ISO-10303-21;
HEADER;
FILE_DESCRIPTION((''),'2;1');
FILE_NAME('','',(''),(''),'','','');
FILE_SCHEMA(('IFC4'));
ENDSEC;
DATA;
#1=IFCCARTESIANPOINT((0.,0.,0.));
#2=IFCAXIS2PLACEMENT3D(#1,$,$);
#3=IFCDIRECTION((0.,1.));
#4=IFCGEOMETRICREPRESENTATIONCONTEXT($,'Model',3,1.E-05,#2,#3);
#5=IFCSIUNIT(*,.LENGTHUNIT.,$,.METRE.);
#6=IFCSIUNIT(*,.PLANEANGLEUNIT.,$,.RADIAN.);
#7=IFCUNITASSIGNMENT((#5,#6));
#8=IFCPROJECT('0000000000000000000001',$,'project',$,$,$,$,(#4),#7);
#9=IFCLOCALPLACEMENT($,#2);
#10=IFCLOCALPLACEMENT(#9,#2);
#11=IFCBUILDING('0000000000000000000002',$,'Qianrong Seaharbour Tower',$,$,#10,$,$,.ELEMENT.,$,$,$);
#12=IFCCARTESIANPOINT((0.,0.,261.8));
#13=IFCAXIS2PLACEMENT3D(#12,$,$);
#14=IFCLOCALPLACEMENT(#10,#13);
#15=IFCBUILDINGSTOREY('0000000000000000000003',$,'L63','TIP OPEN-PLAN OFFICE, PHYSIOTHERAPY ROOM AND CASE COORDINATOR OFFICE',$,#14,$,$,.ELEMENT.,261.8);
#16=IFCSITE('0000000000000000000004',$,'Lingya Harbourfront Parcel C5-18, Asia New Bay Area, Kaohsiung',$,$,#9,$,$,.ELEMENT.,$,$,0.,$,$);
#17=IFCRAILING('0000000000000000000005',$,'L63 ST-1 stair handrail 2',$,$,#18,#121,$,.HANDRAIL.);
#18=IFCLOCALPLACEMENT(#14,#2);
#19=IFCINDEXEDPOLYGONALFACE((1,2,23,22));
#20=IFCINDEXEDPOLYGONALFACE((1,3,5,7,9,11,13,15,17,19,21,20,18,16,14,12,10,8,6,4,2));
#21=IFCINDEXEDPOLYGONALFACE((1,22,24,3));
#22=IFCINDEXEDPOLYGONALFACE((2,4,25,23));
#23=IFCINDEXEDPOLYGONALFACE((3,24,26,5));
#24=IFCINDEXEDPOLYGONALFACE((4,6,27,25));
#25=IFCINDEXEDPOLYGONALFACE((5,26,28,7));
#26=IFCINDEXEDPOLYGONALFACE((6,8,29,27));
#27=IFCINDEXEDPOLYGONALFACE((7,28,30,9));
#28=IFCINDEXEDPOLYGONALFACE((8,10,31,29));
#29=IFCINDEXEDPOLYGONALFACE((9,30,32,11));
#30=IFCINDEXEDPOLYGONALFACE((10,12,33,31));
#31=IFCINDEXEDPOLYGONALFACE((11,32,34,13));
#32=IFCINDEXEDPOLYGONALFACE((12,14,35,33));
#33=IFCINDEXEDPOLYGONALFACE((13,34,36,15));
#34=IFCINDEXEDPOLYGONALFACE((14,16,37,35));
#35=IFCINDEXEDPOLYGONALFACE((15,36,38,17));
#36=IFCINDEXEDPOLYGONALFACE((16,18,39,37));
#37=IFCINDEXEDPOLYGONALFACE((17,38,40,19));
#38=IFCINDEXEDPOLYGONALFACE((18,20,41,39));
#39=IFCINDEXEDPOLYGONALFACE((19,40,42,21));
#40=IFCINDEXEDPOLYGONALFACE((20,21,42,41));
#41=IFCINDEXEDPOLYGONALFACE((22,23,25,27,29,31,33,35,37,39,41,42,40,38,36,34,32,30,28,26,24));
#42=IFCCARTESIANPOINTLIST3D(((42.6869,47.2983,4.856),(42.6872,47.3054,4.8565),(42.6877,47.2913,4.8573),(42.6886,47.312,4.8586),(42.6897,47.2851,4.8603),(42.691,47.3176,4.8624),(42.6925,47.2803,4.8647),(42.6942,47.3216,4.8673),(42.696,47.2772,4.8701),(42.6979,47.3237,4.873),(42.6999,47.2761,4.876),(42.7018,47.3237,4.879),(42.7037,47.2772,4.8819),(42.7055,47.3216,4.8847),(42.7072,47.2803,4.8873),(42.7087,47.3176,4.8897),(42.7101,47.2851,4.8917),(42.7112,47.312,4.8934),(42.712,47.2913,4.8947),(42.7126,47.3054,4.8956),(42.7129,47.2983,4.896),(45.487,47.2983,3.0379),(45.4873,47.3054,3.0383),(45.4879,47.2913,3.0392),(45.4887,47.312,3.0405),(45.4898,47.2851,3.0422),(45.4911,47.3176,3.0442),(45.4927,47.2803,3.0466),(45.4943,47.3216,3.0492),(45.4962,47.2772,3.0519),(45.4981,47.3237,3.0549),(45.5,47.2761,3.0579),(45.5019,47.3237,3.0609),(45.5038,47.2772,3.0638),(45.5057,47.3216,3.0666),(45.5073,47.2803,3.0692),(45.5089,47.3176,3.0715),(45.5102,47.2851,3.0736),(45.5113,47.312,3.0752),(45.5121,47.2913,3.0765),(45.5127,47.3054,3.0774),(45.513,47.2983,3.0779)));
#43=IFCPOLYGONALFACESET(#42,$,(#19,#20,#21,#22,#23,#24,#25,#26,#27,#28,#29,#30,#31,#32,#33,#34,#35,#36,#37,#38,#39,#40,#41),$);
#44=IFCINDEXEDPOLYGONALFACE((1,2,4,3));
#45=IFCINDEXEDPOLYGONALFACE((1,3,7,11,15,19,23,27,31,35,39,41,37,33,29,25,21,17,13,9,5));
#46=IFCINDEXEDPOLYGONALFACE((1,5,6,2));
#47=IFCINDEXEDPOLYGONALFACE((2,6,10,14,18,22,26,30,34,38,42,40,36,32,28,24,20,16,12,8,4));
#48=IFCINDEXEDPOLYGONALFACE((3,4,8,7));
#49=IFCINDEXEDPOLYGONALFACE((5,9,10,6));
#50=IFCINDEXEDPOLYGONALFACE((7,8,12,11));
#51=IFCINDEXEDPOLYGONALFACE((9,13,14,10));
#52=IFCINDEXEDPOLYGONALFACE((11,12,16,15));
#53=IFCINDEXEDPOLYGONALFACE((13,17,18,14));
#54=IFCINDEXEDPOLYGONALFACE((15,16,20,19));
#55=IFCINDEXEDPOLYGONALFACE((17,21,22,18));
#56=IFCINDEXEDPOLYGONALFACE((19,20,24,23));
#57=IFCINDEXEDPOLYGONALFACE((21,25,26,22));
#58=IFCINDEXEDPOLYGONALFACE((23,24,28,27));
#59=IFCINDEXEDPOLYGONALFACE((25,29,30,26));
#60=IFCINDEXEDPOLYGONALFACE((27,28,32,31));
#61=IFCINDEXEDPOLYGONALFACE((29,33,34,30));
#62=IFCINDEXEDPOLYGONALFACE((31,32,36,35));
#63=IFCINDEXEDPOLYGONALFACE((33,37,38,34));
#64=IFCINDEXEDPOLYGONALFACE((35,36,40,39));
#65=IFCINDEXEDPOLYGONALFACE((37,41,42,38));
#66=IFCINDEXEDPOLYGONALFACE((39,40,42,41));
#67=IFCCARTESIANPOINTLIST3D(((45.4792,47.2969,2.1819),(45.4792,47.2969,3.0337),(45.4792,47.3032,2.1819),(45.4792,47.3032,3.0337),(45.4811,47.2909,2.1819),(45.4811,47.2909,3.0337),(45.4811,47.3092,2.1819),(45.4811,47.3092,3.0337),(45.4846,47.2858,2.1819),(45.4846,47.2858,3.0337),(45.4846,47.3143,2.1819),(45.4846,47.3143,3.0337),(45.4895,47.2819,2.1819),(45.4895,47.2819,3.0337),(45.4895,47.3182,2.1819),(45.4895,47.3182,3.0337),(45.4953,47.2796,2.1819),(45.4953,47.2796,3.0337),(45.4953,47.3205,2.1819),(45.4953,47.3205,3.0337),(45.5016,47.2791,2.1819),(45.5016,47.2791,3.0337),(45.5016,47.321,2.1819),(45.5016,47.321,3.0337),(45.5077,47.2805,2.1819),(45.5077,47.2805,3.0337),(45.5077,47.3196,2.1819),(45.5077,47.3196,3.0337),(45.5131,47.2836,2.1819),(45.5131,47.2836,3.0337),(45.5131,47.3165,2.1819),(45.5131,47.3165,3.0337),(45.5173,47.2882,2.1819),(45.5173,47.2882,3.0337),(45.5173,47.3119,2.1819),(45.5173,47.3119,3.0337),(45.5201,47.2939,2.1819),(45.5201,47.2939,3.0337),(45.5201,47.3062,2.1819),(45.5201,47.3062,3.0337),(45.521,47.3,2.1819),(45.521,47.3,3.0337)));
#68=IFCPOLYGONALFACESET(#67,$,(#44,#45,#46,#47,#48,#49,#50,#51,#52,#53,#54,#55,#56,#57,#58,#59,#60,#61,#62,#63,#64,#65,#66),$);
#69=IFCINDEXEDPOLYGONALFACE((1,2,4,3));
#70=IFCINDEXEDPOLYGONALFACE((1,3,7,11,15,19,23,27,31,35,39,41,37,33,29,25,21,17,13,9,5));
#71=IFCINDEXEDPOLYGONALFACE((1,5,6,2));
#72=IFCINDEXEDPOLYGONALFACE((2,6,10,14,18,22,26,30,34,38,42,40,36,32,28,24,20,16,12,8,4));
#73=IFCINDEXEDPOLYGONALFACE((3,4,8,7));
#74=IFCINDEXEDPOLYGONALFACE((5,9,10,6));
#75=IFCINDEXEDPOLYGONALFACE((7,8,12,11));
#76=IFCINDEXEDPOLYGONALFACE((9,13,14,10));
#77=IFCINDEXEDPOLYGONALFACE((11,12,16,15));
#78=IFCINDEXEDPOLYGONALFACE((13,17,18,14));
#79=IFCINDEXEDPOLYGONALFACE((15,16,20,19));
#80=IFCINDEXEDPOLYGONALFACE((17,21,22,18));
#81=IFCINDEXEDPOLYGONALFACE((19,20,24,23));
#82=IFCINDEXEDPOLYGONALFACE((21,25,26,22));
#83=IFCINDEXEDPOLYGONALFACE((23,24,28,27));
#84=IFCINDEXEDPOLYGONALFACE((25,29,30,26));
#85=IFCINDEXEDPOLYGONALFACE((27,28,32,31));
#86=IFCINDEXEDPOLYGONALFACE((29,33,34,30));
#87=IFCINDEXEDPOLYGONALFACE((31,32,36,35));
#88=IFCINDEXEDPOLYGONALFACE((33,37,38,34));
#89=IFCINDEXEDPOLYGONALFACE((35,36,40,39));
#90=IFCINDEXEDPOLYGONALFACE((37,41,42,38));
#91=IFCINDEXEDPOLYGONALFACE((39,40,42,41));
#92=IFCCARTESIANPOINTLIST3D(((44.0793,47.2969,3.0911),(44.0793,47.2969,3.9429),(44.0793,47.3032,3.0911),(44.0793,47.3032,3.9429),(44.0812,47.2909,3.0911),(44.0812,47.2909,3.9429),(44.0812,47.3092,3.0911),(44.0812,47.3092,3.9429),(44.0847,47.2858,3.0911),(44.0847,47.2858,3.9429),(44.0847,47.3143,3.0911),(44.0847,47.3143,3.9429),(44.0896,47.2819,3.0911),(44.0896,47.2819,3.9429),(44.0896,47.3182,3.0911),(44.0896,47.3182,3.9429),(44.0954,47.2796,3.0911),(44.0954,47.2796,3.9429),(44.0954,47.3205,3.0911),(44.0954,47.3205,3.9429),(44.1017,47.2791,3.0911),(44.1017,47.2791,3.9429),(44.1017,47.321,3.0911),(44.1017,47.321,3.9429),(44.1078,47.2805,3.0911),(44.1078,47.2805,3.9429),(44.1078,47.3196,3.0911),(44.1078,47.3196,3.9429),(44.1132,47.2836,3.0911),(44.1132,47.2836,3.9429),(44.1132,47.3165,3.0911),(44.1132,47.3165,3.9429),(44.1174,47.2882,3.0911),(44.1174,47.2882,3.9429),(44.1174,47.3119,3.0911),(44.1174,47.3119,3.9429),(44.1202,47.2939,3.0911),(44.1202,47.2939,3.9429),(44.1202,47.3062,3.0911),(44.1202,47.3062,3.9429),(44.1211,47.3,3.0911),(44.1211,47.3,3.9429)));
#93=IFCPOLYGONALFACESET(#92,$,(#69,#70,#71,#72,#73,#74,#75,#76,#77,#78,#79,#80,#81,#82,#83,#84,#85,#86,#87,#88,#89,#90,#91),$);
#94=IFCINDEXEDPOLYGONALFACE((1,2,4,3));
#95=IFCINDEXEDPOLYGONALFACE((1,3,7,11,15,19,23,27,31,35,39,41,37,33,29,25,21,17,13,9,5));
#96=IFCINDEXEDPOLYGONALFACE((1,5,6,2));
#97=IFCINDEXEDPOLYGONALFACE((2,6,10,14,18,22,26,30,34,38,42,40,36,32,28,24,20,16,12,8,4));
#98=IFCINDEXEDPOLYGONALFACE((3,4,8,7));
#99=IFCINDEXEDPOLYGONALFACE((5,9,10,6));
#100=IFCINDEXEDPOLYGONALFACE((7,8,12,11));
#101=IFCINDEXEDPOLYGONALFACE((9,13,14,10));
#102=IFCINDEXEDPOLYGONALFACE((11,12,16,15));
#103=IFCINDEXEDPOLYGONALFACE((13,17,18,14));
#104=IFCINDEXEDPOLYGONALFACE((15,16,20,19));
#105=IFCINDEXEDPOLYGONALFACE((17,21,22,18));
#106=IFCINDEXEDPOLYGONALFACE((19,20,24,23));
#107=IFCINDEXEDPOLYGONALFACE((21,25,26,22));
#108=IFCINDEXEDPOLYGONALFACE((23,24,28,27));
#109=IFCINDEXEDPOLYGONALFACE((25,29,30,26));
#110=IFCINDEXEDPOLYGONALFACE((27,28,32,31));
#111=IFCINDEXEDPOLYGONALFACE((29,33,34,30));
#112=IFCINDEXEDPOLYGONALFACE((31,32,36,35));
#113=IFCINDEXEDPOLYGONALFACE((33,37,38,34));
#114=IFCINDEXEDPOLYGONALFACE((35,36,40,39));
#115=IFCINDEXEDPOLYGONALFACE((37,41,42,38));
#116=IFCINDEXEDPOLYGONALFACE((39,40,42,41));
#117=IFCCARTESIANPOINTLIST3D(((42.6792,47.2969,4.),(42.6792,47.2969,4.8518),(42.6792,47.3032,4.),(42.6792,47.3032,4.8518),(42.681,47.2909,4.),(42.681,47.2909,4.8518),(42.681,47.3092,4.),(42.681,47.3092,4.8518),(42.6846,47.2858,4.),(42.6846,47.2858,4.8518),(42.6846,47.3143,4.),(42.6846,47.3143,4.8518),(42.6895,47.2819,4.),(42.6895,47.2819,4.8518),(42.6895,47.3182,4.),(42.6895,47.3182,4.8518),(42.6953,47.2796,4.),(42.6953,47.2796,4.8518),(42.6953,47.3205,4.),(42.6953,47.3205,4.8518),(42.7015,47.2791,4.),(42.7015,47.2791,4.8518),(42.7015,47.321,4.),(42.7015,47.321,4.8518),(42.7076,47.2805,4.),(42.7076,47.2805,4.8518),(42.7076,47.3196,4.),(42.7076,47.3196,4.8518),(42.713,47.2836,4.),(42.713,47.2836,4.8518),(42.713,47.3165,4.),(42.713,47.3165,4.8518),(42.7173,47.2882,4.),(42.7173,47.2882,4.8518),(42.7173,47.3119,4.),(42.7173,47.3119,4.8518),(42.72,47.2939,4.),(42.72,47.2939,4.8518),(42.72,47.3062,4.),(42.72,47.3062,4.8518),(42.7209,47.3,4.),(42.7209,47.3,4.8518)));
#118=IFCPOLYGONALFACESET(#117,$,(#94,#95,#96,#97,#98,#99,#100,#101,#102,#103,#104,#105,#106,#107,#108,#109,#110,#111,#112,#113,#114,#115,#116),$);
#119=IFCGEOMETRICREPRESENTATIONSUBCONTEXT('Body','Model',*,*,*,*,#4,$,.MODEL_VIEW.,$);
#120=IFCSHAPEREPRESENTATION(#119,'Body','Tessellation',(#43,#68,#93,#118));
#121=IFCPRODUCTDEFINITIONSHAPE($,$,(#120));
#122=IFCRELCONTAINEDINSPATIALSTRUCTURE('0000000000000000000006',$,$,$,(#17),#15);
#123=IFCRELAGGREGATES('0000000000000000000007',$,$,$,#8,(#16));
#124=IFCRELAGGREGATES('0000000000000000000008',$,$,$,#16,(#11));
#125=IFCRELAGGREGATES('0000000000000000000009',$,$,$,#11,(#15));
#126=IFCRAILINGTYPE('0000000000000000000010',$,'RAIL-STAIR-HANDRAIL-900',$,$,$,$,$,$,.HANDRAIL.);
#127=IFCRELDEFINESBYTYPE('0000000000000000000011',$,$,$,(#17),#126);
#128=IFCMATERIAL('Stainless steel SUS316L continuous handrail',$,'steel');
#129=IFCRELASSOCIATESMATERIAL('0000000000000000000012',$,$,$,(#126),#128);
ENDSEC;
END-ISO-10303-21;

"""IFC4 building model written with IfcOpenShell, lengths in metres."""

from ifc_helpers import new_model, si_unit, direction, frame, origin, origin_2d, place, context, subcontext, project, spatial, circle, extrude, material, type_object, element, save


model = new_model("IFC4")

# Units and contexts
model_context = context("Model", 3, precision=1e-05, world=origin(), true_north=direction((0.0, 1.0)))
body_context = subcontext(model_context, "Body", "Model", "MODEL_VIEW")
ifc_project = project(units=[si_unit("LENGTHUNIT", "METRE"), si_unit("PLANEANGLEUNIT", "RADIAN")], contexts=[model_context])

# Site, building, storey
site_placement = place(None, origin())
site = spatial("IfcSite", under=ifc_project, at=site_placement, Name="Lingya Harbourfront Parcel C5-18, Asia New Bay Area, Kaohsiung", CompositionType="ELEMENT", RefElevation=0.0)
building_placement = place(site_placement, origin())
building = spatial("IfcBuilding", under=site, at=building_placement, Name="Qianrong Seaharbour Tower", CompositionType="ELEMENT")
storey_placement = place(building_placement, frame((0.0, 0.0, 261.8)))
storey = spatial("IfcBuildingStorey", under=building, at=storey_placement, Name="L63", Description="TIP OPEN-PLAN OFFICE, PHYSIOTHERAPY ROOM AND CASE COORDINATOR OFFICE", CompositionType="ELEMENT", Elevation=261.8)

# Railing
ifc_material_1 = material(Name="Stainless steel SUS316L continuous handrail", Category="steel")
railing_type_1 = type_object("IfcRailingType", Name="RAIL-STAIR-HANDRAIL-900", PredefinedType="HANDRAIL", material=ifc_material_1)
railing_1_placement = place(storey_placement, frame((45.5, 47.3, 2.1819)))
element("IfcRailing", 1, at=railing_1_placement, inside=storey, type_object=railing_type_1, Name="L63 ST-1 stair handrail 2", PredefinedType="HANDRAIL", context=body_context, shape_type="SweptSolid", body=[
    extrude(circle(Radius=0.0239, at=origin_2d()), frame((0.0, 0.0, 0.876), z_axis=(-0.838706, 0.0, 0.544585), x_axis=(0.0, -1.0, 0.0)), (0.0, 0.0, 1.0), 3.3386),
    extrude(circle(Radius=0.021, at=origin_2d()), origin(), (0.0, 0.0, 1.0), 0.8518),
    extrude(circle(Radius=0.021, at=origin_2d()), frame((-1.3999, 0.0, 0.9092)), (0.0, 0.0, 1.0), 0.8518),
    extrude(circle(Radius=0.021, at=origin_2d()), frame((-2.8, 0.0, 1.8181)), (0.0, 0.0, 1.0), 0.8518),
])

save(model, "model.ifc")
